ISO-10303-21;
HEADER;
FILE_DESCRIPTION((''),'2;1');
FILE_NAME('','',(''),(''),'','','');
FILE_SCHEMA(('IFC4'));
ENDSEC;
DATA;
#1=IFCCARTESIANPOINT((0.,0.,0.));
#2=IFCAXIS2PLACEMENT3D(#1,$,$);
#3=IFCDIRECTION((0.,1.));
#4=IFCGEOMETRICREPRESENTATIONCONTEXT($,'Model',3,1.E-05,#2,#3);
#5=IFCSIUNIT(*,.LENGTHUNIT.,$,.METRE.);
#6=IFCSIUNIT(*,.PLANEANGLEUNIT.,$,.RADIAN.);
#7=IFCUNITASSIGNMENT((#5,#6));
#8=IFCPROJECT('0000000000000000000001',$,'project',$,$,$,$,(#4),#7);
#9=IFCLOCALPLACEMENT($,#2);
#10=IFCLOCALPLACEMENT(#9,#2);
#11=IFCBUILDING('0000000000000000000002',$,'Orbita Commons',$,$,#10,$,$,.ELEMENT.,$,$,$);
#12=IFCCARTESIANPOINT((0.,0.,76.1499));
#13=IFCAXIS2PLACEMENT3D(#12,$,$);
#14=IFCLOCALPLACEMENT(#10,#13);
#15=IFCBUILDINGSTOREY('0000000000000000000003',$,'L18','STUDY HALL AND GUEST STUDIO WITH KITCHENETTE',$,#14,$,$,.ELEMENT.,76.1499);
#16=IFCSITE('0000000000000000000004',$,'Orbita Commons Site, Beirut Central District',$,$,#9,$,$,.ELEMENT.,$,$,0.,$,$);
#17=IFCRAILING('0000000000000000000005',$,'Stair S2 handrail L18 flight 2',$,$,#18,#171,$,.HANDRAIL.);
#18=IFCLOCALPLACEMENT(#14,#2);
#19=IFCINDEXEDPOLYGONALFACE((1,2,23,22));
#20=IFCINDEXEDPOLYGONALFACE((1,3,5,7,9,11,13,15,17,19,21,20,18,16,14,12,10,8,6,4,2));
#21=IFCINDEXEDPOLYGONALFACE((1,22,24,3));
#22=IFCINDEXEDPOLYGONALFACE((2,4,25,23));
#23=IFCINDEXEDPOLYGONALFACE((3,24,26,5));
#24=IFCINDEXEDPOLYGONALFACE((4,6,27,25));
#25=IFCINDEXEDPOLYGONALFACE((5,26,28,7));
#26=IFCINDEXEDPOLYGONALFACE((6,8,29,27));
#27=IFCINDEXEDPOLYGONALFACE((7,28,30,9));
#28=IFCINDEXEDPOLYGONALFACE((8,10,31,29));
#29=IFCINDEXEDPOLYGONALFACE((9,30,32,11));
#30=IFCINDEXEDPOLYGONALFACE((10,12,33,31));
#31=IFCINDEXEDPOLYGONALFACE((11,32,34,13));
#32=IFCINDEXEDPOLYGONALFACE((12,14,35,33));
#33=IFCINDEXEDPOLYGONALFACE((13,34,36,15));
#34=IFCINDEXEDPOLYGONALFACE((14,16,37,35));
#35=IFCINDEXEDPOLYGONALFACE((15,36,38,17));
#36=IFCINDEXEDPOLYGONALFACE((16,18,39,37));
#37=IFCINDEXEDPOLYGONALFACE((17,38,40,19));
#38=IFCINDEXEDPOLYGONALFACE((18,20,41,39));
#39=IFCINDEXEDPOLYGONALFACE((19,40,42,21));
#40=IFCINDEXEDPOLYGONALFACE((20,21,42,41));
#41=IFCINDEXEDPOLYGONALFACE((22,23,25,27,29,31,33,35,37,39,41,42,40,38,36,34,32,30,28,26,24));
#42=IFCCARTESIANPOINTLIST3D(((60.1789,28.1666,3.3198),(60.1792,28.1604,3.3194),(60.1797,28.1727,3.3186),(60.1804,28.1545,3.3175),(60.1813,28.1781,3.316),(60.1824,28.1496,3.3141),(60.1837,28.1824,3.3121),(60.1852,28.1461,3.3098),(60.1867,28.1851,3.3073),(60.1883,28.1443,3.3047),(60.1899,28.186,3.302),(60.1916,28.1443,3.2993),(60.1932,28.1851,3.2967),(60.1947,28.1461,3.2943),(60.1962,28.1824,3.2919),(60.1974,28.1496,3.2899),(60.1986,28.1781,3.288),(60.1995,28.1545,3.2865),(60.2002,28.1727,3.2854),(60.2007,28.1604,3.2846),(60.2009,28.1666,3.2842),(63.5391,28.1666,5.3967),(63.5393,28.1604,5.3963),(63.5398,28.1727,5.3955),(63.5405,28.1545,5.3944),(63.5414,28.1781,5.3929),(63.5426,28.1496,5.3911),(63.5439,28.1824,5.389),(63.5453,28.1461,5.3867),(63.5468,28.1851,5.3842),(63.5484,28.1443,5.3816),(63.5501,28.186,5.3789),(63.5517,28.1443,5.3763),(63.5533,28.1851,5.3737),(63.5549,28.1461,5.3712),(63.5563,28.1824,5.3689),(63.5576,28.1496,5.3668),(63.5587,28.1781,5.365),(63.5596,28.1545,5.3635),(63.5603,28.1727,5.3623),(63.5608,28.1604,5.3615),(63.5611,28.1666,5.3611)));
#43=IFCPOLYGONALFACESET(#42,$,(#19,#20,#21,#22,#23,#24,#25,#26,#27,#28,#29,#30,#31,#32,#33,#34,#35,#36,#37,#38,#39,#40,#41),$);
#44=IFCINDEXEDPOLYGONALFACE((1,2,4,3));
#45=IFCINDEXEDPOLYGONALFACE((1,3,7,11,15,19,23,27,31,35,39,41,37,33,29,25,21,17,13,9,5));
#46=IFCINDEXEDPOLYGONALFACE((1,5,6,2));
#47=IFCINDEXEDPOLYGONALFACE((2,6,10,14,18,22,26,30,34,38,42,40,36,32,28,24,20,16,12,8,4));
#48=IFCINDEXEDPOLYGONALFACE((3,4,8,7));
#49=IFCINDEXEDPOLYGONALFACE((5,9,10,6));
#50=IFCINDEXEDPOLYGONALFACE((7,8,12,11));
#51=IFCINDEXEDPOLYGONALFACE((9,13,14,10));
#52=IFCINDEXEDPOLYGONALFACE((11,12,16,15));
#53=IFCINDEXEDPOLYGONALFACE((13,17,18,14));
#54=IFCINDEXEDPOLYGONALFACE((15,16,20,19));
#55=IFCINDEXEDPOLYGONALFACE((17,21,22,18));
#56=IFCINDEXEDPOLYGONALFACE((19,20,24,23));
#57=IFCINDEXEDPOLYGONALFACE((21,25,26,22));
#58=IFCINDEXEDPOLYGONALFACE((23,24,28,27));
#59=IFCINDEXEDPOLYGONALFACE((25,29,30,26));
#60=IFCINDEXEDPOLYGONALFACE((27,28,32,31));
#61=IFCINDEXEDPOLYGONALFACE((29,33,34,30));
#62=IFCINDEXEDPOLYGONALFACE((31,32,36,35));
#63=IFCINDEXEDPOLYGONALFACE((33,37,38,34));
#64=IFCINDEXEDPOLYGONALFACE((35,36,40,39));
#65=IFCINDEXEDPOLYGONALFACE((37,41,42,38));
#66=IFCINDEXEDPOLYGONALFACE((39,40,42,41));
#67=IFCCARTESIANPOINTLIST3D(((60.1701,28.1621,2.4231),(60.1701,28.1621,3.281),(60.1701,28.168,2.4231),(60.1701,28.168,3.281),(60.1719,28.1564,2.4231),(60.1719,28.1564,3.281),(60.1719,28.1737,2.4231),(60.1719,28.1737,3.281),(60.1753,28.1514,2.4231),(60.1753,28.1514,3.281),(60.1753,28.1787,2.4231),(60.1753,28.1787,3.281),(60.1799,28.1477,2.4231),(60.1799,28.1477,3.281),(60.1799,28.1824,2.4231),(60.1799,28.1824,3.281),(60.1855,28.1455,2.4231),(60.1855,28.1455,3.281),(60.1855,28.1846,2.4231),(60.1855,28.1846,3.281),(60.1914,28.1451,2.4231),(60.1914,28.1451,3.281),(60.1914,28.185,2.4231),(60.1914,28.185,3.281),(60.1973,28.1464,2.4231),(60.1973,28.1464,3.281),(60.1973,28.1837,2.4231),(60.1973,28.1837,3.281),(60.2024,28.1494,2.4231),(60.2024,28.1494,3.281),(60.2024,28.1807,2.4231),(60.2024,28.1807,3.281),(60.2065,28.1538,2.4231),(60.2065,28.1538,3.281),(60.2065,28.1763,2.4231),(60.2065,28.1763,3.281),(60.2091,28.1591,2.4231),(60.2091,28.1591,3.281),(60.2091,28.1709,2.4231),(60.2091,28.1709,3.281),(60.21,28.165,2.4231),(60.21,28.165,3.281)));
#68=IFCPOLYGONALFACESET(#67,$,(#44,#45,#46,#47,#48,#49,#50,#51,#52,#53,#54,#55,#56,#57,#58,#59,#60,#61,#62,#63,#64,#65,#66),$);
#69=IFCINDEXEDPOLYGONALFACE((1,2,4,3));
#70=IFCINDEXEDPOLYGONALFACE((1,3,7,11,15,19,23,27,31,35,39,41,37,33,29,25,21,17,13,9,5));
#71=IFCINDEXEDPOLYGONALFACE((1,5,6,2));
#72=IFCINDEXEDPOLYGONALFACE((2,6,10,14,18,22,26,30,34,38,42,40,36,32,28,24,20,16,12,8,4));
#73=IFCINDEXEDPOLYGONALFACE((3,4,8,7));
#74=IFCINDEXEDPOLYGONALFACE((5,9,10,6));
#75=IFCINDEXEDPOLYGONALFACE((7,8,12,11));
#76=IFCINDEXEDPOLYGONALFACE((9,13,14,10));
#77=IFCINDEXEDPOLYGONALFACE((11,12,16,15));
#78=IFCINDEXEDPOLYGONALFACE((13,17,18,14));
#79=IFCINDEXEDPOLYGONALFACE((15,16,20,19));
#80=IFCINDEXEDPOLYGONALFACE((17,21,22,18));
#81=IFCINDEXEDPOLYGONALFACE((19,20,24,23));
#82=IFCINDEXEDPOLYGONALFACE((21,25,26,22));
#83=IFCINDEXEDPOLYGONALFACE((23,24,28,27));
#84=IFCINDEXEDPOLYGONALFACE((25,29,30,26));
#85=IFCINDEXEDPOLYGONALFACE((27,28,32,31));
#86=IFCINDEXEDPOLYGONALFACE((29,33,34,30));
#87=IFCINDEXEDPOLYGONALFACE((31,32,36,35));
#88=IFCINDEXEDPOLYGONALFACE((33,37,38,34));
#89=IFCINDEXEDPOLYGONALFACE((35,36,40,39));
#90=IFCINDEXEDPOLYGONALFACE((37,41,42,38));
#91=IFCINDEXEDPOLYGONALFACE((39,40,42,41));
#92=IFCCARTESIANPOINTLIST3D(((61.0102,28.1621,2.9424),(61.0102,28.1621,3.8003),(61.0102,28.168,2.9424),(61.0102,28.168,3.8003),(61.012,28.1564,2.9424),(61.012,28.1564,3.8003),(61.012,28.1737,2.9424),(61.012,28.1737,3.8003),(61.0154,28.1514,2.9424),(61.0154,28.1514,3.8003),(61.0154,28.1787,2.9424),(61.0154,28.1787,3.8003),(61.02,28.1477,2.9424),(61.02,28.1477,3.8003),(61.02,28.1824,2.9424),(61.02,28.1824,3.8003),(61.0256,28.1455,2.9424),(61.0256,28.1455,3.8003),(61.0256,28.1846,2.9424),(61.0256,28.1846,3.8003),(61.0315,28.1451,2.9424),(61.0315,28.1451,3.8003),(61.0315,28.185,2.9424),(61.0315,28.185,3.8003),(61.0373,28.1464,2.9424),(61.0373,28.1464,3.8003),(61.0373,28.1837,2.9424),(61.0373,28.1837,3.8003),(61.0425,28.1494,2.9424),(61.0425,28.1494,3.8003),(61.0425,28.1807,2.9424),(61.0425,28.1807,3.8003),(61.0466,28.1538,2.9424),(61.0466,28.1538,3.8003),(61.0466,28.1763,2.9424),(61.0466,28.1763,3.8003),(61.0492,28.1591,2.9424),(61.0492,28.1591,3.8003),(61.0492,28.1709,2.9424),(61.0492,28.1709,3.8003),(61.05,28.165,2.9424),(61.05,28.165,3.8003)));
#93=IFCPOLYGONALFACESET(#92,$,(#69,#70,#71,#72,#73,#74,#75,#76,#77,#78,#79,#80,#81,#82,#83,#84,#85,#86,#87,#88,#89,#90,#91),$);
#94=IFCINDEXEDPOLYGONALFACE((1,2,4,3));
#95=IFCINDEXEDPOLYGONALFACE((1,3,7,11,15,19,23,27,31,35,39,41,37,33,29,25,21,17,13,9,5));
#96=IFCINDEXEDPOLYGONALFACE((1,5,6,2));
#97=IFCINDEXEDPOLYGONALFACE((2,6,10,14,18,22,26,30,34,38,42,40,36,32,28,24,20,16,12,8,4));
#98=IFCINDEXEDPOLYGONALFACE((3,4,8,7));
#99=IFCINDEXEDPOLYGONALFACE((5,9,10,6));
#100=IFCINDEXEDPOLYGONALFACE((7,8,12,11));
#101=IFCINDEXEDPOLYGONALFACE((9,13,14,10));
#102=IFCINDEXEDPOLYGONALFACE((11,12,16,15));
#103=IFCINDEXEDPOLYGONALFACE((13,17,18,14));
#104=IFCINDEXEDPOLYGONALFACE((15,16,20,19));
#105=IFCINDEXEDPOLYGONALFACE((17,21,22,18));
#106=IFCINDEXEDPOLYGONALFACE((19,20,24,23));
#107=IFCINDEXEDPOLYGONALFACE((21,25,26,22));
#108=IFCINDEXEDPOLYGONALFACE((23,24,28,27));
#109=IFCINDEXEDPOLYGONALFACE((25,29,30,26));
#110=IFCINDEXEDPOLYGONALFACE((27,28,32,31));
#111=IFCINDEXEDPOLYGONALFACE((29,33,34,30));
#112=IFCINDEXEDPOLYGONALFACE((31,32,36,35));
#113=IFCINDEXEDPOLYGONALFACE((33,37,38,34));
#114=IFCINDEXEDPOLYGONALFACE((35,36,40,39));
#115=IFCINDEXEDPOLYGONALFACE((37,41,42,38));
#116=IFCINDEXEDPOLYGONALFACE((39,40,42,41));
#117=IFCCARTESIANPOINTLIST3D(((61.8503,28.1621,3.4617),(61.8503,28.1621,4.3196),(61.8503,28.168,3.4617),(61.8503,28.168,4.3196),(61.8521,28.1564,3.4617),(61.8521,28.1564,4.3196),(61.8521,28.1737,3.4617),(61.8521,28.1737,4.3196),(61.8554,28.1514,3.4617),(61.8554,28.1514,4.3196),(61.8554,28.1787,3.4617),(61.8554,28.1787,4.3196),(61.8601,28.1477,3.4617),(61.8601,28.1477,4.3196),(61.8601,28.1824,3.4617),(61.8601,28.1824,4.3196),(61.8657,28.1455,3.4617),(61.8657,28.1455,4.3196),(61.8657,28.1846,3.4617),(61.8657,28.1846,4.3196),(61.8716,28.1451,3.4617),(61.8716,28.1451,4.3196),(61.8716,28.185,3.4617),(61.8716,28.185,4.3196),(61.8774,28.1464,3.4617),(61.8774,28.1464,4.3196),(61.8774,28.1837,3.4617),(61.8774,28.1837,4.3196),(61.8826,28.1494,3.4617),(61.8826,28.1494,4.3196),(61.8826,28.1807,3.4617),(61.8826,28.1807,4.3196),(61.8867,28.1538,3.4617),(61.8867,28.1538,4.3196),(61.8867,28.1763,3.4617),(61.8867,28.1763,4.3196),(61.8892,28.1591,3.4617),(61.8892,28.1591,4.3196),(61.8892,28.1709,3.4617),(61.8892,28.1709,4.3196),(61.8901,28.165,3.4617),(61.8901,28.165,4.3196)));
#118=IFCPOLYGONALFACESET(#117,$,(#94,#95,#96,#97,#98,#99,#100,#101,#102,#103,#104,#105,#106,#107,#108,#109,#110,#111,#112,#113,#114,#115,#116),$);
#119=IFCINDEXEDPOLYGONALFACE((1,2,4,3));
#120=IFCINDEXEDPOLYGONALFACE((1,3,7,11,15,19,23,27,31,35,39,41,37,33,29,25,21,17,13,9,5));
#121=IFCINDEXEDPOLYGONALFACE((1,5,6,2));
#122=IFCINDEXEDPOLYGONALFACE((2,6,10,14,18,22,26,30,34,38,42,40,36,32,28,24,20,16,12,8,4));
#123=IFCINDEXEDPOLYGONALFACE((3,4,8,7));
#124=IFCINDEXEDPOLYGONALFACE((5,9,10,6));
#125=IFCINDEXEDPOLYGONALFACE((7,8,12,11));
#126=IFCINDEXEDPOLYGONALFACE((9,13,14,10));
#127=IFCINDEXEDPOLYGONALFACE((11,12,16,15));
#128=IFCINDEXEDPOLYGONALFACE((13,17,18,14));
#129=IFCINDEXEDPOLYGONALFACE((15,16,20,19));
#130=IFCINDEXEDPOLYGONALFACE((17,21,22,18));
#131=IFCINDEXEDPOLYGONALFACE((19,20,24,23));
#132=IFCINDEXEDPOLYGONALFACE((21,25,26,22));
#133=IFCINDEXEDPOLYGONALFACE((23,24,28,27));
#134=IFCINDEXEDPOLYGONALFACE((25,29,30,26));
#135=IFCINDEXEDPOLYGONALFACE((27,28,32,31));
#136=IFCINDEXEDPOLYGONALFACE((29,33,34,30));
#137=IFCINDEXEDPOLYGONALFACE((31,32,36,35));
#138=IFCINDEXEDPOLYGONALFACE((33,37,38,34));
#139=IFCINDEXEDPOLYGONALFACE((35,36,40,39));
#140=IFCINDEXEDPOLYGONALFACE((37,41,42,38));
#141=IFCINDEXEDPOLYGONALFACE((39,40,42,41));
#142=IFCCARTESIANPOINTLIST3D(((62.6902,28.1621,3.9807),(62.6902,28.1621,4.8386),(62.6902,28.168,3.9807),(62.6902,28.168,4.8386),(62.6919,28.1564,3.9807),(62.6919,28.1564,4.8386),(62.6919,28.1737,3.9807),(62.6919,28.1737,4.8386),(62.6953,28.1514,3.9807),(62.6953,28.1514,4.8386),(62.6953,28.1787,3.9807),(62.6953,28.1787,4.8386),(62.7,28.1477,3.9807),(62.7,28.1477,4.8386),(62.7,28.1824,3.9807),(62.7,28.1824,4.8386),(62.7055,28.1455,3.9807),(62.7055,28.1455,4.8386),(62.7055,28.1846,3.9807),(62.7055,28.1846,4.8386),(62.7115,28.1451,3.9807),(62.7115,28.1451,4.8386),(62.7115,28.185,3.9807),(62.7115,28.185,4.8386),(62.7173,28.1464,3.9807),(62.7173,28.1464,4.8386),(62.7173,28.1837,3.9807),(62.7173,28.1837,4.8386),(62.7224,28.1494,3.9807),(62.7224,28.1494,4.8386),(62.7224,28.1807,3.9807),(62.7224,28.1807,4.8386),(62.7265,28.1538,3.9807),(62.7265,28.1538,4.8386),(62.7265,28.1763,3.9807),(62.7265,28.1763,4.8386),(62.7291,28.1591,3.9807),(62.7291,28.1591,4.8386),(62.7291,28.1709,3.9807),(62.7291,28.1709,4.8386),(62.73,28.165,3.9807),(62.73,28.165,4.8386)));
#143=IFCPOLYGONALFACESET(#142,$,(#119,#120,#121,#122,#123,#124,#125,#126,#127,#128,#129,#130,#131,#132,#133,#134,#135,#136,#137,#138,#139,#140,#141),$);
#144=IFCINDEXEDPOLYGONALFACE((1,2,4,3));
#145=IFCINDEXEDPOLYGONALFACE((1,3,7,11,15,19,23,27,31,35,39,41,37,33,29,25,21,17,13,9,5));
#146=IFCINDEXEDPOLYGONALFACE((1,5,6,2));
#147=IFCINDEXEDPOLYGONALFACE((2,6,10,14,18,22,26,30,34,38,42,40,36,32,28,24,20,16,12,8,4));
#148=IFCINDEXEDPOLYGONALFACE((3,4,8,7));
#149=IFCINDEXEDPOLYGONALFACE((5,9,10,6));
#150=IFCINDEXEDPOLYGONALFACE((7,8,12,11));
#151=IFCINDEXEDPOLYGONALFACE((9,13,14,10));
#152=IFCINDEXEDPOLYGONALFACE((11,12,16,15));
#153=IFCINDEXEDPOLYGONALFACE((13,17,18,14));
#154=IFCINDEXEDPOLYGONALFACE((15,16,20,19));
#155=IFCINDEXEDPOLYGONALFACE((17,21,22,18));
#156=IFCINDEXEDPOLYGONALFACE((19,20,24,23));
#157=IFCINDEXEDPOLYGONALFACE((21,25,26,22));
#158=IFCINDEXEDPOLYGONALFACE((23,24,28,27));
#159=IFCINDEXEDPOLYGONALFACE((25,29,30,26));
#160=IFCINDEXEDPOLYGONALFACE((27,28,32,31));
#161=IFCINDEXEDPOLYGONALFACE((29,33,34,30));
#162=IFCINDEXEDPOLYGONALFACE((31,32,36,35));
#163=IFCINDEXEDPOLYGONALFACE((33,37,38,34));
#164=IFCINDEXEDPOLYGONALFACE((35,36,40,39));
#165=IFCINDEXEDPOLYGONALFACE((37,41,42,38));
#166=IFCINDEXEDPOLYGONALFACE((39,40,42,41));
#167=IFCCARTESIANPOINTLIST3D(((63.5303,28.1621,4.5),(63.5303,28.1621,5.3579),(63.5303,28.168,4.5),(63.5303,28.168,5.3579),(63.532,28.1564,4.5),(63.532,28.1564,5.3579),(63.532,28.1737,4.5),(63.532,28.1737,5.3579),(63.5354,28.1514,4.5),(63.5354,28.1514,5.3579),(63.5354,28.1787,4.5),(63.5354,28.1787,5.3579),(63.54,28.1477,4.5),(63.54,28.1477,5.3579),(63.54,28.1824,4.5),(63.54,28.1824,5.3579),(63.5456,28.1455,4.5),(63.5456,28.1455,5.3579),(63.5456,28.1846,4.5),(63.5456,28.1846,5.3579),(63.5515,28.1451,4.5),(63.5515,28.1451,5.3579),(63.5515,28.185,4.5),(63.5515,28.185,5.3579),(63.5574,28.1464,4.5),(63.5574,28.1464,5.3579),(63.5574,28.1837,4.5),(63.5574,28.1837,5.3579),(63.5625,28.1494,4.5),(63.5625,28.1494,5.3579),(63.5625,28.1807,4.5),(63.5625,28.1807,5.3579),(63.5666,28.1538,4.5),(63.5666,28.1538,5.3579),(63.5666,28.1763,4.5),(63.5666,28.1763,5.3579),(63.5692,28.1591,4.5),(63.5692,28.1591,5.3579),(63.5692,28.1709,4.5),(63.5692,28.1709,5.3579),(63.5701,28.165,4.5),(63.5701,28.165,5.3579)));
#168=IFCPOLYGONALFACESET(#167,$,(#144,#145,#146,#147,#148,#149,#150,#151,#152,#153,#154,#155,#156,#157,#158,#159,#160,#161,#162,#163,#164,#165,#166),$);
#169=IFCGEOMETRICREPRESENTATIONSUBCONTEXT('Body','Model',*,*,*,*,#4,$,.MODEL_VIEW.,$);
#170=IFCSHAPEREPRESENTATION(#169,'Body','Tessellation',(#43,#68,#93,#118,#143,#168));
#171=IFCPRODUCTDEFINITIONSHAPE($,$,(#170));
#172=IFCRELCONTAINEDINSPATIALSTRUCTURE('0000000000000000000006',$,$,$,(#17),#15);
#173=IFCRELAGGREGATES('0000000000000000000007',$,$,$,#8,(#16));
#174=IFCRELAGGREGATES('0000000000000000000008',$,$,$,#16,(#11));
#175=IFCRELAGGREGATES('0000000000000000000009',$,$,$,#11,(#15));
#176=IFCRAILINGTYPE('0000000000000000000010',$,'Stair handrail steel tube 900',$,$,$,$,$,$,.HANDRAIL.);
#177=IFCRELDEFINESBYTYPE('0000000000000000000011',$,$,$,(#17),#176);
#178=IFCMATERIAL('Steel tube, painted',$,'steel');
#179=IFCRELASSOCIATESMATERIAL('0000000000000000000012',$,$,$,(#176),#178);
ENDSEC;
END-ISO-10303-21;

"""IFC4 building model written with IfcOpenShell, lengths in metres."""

from ifc_helpers import new_model, si_unit, direction, frame, origin, origin_2d, place, context, subcontext, project, spatial, circle, extrude, material, type_object, element, save


model = new_model("IFC4")

# Units and contexts
model_context = context("Model", 3, precision=1e-05, world=origin(), true_north=direction((0.0, 1.0)))
body_context = subcontext(model_context, "Body", "Model", "MODEL_VIEW")
ifc_project = project(units=[si_unit("LENGTHUNIT", "METRE"), si_unit("PLANEANGLEUNIT", "RADIAN")], contexts=[model_context])

# Site, building, storey
site_placement = place(None, origin())
site = spatial("IfcSite", under=ifc_project, at=site_placement, Name="Orbita Commons Site, Beirut Central District", CompositionType="ELEMENT", RefElevation=0.0)
building_placement = place(site_placement, origin())
building = spatial("IfcBuilding", under=site, at=building_placement, Name="Orbita Commons", CompositionType="ELEMENT")
storey_placement = place(building_placement, frame((0.0, 0.0, 76.1499)))
storey = spatial("IfcBuildingStorey", under=building, at=storey_placement, Name="L18", Description="STUDY HALL AND GUEST STUDIO WITH KITCHENETTE", CompositionType="ELEMENT", Elevation=76.1499)

# Railing
ifc_material_1 = material(Name="Steel tube, painted", Category="steel")
railing_type = type_object("IfcRailingType", Name="Stair handrail steel tube 900", PredefinedType="HANDRAIL", material=ifc_material_1)
for number, where, name in (
    (1, (60.1899, 28.165, 2.4231), "Stair S2 handrail L18 flight 2"),
):
    element("IfcRailing", number, at=place(storey_placement, frame(where)), inside=storey, type_object=railing_type, Name=name, PredefinedType="HANDRAIL", context=body_context, shape_type="SweptSolid", body=[
        extrude(circle(Radius=0.021, at=origin_2d()), frame((0.0, 0.0, 0.8789), z_axis=(0.850623, 0.0, 0.525776), x_axis=(0.0, 1.0, 0.0)), (0.0, 0.0, 1.0), 3.9502),
        extrude(circle(Radius=0.02, at=origin_2d()), origin(), (0.0, 0.0, 1.0), 0.8579),
        extrude(circle(Radius=0.02, at=origin_2d()), frame((0.8401, 0.0, 0.5193)), (0.0, 0.0, 1.0), 0.8579),
        extrude(circle(Radius=0.02, at=origin_2d()), frame((1.6802, 0.0, 1.0386)), (0.0, 0.0, 1.0), 0.8579),
        extrude(circle(Radius=0.02, at=origin_2d()), frame((2.52, 0.0, 1.5576)), (0.0, 0.0, 1.0), 0.8579),
        extrude(circle(Radius=0.02, at=origin_2d()), frame((3.3601, 0.0, 2.0769)), (0.0, 0.0, 1.0), 0.8579),
    ])

save(model, "model.ifc")
